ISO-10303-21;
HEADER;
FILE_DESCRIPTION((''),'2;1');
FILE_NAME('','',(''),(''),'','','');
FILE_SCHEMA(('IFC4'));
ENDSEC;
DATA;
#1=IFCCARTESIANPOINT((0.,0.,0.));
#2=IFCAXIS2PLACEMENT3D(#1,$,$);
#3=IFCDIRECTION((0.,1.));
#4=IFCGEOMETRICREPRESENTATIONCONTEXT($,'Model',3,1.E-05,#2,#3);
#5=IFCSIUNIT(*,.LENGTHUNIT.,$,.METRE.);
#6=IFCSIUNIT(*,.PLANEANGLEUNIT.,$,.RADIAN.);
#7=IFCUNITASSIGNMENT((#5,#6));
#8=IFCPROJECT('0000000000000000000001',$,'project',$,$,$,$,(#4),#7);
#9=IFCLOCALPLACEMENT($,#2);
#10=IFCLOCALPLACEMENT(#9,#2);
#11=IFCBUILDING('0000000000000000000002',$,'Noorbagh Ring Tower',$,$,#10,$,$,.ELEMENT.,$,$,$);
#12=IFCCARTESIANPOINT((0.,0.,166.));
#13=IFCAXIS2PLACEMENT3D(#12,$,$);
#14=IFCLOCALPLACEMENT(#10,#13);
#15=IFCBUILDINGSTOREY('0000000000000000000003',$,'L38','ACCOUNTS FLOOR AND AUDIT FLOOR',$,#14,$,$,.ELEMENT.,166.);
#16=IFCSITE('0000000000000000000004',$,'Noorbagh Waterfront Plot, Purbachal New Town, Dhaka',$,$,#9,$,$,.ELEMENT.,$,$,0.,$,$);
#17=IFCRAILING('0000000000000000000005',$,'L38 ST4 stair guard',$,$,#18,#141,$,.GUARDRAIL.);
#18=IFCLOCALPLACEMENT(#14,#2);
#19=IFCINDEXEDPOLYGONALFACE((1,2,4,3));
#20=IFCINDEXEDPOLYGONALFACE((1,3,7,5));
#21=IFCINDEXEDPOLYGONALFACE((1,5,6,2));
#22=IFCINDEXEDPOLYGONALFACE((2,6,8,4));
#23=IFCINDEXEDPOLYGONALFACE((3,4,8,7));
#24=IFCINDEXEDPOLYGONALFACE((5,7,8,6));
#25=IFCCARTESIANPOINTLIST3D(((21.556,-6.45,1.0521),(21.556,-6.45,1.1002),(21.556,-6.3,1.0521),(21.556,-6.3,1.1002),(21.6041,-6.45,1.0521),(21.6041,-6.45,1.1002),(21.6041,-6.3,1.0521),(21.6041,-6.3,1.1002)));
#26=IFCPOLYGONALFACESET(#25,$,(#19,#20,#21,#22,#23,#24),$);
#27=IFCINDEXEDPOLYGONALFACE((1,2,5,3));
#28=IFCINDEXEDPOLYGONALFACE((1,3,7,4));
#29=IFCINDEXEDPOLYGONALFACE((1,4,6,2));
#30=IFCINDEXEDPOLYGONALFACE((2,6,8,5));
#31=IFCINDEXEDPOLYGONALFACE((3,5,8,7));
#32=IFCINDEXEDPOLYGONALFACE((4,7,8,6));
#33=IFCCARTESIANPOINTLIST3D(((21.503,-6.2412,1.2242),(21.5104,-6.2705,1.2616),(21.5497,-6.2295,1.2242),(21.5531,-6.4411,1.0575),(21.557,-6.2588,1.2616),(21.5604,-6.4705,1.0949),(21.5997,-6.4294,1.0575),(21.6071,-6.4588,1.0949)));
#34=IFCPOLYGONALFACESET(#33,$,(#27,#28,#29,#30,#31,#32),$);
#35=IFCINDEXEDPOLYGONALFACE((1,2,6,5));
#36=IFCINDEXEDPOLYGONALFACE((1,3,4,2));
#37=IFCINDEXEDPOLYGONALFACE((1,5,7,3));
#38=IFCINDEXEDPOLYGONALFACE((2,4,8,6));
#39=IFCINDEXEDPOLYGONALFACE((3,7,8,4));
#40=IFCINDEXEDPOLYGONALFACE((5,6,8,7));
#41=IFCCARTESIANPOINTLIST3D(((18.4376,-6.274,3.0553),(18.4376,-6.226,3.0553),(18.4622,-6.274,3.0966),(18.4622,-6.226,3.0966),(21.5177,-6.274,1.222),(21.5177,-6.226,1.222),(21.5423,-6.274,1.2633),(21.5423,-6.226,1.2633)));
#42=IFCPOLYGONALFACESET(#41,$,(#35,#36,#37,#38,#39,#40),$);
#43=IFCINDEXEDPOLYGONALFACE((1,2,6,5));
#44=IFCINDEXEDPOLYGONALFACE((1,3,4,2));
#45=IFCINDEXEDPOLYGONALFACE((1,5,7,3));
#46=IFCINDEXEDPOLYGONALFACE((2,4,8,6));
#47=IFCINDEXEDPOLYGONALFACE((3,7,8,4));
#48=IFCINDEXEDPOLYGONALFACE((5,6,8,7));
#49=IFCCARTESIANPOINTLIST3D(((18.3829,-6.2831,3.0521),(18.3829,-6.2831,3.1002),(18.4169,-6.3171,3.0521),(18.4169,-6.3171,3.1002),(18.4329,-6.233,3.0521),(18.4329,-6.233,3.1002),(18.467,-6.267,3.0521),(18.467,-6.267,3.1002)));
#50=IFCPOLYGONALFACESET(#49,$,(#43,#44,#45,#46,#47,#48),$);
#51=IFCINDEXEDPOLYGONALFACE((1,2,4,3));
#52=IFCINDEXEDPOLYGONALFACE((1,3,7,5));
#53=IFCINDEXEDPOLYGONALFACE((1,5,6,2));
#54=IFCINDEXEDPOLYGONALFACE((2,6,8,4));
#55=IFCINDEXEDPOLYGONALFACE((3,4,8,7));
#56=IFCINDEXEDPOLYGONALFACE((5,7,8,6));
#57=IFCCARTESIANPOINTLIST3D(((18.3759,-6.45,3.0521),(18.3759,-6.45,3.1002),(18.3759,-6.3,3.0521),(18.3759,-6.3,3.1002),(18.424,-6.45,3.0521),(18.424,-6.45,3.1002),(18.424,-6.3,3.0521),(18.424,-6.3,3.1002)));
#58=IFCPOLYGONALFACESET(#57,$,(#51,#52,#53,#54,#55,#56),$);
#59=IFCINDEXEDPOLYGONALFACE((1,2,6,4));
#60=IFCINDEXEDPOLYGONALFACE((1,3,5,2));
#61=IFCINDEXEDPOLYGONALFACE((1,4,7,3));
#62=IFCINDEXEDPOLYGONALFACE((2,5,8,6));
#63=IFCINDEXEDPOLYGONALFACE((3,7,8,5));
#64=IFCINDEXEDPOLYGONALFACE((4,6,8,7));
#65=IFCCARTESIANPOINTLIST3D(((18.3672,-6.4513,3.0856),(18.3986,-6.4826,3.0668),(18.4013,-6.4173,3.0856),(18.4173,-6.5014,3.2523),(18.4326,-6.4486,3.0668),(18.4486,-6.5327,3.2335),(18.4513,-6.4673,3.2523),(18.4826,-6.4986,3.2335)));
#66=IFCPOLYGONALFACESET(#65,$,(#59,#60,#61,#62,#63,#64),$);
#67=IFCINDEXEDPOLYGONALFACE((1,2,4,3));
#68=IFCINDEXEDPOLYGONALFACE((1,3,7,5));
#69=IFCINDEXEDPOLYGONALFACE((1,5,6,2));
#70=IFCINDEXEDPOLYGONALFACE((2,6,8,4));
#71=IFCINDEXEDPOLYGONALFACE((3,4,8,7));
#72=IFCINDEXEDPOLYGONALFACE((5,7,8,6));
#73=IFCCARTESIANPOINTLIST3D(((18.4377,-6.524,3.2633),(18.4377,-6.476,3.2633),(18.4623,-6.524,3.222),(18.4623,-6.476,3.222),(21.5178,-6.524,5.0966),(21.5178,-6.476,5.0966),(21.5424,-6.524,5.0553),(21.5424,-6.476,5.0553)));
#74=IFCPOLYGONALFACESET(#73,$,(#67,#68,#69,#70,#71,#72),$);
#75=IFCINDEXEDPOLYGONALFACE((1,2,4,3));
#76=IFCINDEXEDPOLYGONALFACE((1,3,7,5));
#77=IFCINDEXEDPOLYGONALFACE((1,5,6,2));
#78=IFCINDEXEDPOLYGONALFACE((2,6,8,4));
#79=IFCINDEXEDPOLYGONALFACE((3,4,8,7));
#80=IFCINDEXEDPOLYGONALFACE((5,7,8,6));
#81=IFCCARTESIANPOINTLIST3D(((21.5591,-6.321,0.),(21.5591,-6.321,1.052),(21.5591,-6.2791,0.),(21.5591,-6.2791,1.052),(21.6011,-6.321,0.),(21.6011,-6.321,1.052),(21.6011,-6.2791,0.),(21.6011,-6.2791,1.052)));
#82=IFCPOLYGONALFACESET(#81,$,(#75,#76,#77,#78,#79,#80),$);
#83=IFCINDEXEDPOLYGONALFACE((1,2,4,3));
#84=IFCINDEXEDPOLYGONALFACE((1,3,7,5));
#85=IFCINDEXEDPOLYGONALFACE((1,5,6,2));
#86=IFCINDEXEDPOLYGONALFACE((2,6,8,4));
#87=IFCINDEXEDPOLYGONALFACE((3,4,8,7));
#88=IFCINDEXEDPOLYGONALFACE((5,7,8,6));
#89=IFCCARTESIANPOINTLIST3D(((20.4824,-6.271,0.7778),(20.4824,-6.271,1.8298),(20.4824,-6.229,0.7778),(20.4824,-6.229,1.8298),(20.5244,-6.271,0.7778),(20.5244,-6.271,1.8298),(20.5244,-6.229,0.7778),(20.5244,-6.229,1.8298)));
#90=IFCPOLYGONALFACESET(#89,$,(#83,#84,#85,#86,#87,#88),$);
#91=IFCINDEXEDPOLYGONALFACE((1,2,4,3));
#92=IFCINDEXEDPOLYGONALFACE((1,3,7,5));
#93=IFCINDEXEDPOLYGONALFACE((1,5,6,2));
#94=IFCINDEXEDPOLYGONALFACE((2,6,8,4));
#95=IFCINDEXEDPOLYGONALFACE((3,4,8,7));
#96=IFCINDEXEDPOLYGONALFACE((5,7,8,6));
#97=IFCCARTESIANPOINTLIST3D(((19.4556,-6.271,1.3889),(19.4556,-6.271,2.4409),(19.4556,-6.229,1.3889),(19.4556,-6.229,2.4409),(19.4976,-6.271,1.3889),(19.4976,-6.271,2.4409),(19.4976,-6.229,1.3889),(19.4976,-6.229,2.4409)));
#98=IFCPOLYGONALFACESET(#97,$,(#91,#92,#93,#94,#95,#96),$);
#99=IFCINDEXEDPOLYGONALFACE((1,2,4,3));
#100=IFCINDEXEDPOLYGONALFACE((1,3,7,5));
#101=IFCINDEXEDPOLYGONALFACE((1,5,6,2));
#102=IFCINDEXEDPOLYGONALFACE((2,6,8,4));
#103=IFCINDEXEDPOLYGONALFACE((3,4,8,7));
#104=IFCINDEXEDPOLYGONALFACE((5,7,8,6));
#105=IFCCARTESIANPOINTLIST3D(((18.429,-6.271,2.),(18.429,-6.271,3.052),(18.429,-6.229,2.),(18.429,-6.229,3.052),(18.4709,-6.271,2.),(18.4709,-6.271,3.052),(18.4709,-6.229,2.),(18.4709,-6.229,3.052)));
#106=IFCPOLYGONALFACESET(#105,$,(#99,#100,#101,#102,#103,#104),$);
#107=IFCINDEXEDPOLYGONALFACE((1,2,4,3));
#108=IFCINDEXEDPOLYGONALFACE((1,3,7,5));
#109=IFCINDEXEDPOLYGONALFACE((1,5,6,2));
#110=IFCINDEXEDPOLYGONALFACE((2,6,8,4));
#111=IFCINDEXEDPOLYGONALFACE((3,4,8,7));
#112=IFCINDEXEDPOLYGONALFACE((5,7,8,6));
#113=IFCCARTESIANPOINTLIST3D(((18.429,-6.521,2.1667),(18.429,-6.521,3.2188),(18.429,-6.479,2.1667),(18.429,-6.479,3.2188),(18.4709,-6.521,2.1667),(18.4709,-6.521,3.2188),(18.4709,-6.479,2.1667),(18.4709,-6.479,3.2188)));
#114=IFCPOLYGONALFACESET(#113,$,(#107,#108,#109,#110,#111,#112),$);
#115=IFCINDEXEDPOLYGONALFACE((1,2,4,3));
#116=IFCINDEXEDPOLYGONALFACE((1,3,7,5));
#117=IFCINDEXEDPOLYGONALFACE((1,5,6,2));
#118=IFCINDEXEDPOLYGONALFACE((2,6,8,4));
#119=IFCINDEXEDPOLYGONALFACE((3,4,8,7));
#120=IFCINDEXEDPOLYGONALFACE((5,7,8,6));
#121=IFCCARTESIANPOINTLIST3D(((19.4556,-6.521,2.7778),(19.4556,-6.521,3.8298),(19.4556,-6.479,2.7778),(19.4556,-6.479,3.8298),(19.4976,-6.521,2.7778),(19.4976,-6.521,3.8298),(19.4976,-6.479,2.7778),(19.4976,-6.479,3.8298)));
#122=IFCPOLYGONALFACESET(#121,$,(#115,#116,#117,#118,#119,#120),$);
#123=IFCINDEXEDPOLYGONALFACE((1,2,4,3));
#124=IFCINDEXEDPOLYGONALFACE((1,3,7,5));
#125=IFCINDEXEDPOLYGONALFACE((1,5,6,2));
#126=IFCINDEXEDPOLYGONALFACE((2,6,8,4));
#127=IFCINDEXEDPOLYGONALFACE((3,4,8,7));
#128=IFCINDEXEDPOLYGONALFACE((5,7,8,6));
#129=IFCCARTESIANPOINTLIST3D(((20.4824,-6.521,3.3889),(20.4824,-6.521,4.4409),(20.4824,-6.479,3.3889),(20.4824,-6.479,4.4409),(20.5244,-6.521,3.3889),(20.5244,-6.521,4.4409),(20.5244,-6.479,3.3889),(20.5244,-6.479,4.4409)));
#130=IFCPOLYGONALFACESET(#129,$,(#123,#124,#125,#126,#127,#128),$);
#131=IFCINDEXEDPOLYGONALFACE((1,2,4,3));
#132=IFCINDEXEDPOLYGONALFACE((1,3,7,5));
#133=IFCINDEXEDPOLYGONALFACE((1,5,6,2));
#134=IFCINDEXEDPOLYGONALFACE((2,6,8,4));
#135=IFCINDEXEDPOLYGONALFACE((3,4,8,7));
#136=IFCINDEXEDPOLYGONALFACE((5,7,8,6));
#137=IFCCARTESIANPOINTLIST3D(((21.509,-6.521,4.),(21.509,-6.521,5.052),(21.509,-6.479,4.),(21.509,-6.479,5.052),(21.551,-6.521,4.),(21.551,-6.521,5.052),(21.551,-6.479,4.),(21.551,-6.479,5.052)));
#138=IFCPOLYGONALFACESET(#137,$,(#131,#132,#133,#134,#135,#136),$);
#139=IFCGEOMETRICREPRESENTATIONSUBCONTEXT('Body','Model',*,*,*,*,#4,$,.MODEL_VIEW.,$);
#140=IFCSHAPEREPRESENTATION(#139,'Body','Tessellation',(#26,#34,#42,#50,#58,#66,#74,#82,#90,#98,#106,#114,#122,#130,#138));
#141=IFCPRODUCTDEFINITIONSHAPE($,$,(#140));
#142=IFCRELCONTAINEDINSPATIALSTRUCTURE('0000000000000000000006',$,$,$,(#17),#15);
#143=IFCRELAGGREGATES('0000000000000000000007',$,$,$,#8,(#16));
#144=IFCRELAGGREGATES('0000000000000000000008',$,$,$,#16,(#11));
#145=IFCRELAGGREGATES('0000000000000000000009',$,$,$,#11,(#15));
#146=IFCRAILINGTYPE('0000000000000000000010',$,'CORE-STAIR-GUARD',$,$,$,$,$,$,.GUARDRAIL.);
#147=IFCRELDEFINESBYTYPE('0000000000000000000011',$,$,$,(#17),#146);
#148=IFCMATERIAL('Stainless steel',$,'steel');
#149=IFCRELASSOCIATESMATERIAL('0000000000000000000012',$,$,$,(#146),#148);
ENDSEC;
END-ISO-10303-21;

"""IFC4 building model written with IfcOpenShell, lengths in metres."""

from ifc_helpers import new_model, si_unit, direction, frame, origin, origin_2d, place, context, subcontext, project, spatial, rectangle, extrude, material, type_object, element, save


model = new_model("IFC4")

# Units and contexts
model_context = context("Model", 3, precision=1e-05, world=origin(), true_north=direction((0.0, 1.0)))
body_context = subcontext(model_context, "Body", "Model", "MODEL_VIEW")
ifc_project = project(units=[si_unit("LENGTHUNIT", "METRE"), si_unit("PLANEANGLEUNIT", "RADIAN")], contexts=[model_context])

# Site, building, storey
site_placement = place(None, origin())
site = spatial("IfcSite", under=ifc_project, at=site_placement, Name="Noorbagh Waterfront Plot, Purbachal New Town, Dhaka", CompositionType="ELEMENT", RefElevation=0.0)
building_placement = place(site_placement, origin())
building = spatial("IfcBuilding", under=site, at=building_placement, Name="Noorbagh Ring Tower", CompositionType="ELEMENT")
storey_placement = place(building_placement, frame((0.0, 0.0, 166.0)))
storey = spatial("IfcBuildingStorey", under=building, at=storey_placement, Name="L38", Description="ACCOUNTS FLOOR AND AUDIT FLOOR", CompositionType="ELEMENT", Elevation=166.0)

# Railing
ifc_material_1 = material(Name="Stainless steel", Category="steel")
railing_type_1 = type_object("IfcRailingType", Name="CORE-STAIR-GUARD", PredefinedType="GUARDRAIL", material=ifc_material_1)
railing_1_placement = place(storey_placement, frame((21.5801, -6.3, 0.0)))
element("IfcRailing", 1, at=railing_1_placement, inside=storey, type_object=railing_type_1, Name="L38 ST4 stair guard", PredefinedType="GUARDRAIL", context=body_context, shape_type="SweptSolid", body=[
    extrude(rectangle(XDim=0.0481, YDim=0.0481, at=origin_2d()), frame((0.0, 0.0, 1.0762), z_axis=(0.0, -1.0, 0.0), x_axis=(1.0, 0.0, 0.0)), (0.0, 0.0, 1.0), 0.1499),
    extrude(rectangle(XDim=0.0481, YDim=0.0481, at=origin_2d()), frame((0.0, -0.1499, 1.0762), z_axis=(-0.188776, 0.754182, 0.628946), x_axis=(-0.970073, -0.242814, 0.0)), (0.0, 0.0, 1.0), 0.2651),
    extrude(rectangle(XDim=0.0481, YDim=0.0481, at=origin_2d()), frame((-0.05, 0.05, 1.2427), z_axis=(-0.859309, 0.0, 0.511458), x_axis=(0.0, -1.0, 0.0)), (0.0, 0.0, 1.0), 3.5845),
    extrude(rectangle(XDim=0.0481, YDim=0.0481, at=origin_2d()), frame((-3.1301, 0.05, 3.0762), z_axis=(-0.707107, -0.707107, 0.0), x_axis=(0.707107, -0.707107, 0.0)), (0.0, 0.0, 1.0), 0.0708),
    extrude(rectangle(XDim=0.0481, YDim=0.0481, at=origin_2d()), frame((-3.1802, 0.0, 3.0762), z_axis=(0.0, -1.0, 0.0), x_axis=(1.0, 0.0, 0.0)), (0.0, 0.0, 1.0), 0.1499),
    extrude(rectangle(XDim=0.0481, YDim=0.0481, at=origin_2d()), frame((-3.1802, -0.1499, 3.0762), z_axis=(0.276287, -0.276287, 0.920506), x_axis=(0.707107, 0.707107, 0.0)), (0.0, 0.0, 1.0), 0.1812),
    extrude(rectangle(XDim=0.0481, YDim=0.0481, at=origin_2d()), frame((-3.1301, -0.2, 3.2427), z_axis=(0.859309, 0.0, 0.511458), x_axis=(0.0, 1.0, 0.0)), (0.0, 0.0, 1.0), 3.5845),
    extrude(rectangle(XDim=0.042, YDim=0.042, at=origin_2d()), origin(), (0.0, 0.0, 1.0), 1.052),
    extrude(rectangle(XDim=0.042, YDim=0.042, at=origin_2d()), frame((-1.0767, 0.05, 0.7778)), (0.0, 0.0, 1.0), 1.052),
    extrude(rectangle(XDim=0.042, YDim=0.042, at=origin_2d()), frame((-2.1035, 0.05, 1.3889)), (0.0, 0.0, 1.0), 1.052),
    extrude(rectangle(XDim=0.042, YDim=0.042, at=origin_2d()), frame((-3.1301, 0.05, 2.0)), (0.0, 0.0, 1.0), 1.052),
    extrude(rectangle(XDim=0.042, YDim=0.042, at=origin_2d()), frame((-3.1301, -0.2, 2.1667)), (0.0, 0.0, 1.0), 1.052),
    extrude(rectangle(XDim=0.042, YDim=0.042, at=origin_2d()), frame((-2.1035, -0.2, 2.7778)), (0.0, 0.0, 1.0), 1.052),
    extrude(rectangle(XDim=0.042, YDim=0.042, at=origin_2d()), frame((-1.0767, -0.2, 3.3889)), (0.0, 0.0, 1.0), 1.052),
    extrude(rectangle(XDim=0.042, YDim=0.042, at=origin_2d()), frame((-0.05, -0.2, 4.0)), (0.0, 0.0, 1.0), 1.052),
])

save(model, "model.ifc")
